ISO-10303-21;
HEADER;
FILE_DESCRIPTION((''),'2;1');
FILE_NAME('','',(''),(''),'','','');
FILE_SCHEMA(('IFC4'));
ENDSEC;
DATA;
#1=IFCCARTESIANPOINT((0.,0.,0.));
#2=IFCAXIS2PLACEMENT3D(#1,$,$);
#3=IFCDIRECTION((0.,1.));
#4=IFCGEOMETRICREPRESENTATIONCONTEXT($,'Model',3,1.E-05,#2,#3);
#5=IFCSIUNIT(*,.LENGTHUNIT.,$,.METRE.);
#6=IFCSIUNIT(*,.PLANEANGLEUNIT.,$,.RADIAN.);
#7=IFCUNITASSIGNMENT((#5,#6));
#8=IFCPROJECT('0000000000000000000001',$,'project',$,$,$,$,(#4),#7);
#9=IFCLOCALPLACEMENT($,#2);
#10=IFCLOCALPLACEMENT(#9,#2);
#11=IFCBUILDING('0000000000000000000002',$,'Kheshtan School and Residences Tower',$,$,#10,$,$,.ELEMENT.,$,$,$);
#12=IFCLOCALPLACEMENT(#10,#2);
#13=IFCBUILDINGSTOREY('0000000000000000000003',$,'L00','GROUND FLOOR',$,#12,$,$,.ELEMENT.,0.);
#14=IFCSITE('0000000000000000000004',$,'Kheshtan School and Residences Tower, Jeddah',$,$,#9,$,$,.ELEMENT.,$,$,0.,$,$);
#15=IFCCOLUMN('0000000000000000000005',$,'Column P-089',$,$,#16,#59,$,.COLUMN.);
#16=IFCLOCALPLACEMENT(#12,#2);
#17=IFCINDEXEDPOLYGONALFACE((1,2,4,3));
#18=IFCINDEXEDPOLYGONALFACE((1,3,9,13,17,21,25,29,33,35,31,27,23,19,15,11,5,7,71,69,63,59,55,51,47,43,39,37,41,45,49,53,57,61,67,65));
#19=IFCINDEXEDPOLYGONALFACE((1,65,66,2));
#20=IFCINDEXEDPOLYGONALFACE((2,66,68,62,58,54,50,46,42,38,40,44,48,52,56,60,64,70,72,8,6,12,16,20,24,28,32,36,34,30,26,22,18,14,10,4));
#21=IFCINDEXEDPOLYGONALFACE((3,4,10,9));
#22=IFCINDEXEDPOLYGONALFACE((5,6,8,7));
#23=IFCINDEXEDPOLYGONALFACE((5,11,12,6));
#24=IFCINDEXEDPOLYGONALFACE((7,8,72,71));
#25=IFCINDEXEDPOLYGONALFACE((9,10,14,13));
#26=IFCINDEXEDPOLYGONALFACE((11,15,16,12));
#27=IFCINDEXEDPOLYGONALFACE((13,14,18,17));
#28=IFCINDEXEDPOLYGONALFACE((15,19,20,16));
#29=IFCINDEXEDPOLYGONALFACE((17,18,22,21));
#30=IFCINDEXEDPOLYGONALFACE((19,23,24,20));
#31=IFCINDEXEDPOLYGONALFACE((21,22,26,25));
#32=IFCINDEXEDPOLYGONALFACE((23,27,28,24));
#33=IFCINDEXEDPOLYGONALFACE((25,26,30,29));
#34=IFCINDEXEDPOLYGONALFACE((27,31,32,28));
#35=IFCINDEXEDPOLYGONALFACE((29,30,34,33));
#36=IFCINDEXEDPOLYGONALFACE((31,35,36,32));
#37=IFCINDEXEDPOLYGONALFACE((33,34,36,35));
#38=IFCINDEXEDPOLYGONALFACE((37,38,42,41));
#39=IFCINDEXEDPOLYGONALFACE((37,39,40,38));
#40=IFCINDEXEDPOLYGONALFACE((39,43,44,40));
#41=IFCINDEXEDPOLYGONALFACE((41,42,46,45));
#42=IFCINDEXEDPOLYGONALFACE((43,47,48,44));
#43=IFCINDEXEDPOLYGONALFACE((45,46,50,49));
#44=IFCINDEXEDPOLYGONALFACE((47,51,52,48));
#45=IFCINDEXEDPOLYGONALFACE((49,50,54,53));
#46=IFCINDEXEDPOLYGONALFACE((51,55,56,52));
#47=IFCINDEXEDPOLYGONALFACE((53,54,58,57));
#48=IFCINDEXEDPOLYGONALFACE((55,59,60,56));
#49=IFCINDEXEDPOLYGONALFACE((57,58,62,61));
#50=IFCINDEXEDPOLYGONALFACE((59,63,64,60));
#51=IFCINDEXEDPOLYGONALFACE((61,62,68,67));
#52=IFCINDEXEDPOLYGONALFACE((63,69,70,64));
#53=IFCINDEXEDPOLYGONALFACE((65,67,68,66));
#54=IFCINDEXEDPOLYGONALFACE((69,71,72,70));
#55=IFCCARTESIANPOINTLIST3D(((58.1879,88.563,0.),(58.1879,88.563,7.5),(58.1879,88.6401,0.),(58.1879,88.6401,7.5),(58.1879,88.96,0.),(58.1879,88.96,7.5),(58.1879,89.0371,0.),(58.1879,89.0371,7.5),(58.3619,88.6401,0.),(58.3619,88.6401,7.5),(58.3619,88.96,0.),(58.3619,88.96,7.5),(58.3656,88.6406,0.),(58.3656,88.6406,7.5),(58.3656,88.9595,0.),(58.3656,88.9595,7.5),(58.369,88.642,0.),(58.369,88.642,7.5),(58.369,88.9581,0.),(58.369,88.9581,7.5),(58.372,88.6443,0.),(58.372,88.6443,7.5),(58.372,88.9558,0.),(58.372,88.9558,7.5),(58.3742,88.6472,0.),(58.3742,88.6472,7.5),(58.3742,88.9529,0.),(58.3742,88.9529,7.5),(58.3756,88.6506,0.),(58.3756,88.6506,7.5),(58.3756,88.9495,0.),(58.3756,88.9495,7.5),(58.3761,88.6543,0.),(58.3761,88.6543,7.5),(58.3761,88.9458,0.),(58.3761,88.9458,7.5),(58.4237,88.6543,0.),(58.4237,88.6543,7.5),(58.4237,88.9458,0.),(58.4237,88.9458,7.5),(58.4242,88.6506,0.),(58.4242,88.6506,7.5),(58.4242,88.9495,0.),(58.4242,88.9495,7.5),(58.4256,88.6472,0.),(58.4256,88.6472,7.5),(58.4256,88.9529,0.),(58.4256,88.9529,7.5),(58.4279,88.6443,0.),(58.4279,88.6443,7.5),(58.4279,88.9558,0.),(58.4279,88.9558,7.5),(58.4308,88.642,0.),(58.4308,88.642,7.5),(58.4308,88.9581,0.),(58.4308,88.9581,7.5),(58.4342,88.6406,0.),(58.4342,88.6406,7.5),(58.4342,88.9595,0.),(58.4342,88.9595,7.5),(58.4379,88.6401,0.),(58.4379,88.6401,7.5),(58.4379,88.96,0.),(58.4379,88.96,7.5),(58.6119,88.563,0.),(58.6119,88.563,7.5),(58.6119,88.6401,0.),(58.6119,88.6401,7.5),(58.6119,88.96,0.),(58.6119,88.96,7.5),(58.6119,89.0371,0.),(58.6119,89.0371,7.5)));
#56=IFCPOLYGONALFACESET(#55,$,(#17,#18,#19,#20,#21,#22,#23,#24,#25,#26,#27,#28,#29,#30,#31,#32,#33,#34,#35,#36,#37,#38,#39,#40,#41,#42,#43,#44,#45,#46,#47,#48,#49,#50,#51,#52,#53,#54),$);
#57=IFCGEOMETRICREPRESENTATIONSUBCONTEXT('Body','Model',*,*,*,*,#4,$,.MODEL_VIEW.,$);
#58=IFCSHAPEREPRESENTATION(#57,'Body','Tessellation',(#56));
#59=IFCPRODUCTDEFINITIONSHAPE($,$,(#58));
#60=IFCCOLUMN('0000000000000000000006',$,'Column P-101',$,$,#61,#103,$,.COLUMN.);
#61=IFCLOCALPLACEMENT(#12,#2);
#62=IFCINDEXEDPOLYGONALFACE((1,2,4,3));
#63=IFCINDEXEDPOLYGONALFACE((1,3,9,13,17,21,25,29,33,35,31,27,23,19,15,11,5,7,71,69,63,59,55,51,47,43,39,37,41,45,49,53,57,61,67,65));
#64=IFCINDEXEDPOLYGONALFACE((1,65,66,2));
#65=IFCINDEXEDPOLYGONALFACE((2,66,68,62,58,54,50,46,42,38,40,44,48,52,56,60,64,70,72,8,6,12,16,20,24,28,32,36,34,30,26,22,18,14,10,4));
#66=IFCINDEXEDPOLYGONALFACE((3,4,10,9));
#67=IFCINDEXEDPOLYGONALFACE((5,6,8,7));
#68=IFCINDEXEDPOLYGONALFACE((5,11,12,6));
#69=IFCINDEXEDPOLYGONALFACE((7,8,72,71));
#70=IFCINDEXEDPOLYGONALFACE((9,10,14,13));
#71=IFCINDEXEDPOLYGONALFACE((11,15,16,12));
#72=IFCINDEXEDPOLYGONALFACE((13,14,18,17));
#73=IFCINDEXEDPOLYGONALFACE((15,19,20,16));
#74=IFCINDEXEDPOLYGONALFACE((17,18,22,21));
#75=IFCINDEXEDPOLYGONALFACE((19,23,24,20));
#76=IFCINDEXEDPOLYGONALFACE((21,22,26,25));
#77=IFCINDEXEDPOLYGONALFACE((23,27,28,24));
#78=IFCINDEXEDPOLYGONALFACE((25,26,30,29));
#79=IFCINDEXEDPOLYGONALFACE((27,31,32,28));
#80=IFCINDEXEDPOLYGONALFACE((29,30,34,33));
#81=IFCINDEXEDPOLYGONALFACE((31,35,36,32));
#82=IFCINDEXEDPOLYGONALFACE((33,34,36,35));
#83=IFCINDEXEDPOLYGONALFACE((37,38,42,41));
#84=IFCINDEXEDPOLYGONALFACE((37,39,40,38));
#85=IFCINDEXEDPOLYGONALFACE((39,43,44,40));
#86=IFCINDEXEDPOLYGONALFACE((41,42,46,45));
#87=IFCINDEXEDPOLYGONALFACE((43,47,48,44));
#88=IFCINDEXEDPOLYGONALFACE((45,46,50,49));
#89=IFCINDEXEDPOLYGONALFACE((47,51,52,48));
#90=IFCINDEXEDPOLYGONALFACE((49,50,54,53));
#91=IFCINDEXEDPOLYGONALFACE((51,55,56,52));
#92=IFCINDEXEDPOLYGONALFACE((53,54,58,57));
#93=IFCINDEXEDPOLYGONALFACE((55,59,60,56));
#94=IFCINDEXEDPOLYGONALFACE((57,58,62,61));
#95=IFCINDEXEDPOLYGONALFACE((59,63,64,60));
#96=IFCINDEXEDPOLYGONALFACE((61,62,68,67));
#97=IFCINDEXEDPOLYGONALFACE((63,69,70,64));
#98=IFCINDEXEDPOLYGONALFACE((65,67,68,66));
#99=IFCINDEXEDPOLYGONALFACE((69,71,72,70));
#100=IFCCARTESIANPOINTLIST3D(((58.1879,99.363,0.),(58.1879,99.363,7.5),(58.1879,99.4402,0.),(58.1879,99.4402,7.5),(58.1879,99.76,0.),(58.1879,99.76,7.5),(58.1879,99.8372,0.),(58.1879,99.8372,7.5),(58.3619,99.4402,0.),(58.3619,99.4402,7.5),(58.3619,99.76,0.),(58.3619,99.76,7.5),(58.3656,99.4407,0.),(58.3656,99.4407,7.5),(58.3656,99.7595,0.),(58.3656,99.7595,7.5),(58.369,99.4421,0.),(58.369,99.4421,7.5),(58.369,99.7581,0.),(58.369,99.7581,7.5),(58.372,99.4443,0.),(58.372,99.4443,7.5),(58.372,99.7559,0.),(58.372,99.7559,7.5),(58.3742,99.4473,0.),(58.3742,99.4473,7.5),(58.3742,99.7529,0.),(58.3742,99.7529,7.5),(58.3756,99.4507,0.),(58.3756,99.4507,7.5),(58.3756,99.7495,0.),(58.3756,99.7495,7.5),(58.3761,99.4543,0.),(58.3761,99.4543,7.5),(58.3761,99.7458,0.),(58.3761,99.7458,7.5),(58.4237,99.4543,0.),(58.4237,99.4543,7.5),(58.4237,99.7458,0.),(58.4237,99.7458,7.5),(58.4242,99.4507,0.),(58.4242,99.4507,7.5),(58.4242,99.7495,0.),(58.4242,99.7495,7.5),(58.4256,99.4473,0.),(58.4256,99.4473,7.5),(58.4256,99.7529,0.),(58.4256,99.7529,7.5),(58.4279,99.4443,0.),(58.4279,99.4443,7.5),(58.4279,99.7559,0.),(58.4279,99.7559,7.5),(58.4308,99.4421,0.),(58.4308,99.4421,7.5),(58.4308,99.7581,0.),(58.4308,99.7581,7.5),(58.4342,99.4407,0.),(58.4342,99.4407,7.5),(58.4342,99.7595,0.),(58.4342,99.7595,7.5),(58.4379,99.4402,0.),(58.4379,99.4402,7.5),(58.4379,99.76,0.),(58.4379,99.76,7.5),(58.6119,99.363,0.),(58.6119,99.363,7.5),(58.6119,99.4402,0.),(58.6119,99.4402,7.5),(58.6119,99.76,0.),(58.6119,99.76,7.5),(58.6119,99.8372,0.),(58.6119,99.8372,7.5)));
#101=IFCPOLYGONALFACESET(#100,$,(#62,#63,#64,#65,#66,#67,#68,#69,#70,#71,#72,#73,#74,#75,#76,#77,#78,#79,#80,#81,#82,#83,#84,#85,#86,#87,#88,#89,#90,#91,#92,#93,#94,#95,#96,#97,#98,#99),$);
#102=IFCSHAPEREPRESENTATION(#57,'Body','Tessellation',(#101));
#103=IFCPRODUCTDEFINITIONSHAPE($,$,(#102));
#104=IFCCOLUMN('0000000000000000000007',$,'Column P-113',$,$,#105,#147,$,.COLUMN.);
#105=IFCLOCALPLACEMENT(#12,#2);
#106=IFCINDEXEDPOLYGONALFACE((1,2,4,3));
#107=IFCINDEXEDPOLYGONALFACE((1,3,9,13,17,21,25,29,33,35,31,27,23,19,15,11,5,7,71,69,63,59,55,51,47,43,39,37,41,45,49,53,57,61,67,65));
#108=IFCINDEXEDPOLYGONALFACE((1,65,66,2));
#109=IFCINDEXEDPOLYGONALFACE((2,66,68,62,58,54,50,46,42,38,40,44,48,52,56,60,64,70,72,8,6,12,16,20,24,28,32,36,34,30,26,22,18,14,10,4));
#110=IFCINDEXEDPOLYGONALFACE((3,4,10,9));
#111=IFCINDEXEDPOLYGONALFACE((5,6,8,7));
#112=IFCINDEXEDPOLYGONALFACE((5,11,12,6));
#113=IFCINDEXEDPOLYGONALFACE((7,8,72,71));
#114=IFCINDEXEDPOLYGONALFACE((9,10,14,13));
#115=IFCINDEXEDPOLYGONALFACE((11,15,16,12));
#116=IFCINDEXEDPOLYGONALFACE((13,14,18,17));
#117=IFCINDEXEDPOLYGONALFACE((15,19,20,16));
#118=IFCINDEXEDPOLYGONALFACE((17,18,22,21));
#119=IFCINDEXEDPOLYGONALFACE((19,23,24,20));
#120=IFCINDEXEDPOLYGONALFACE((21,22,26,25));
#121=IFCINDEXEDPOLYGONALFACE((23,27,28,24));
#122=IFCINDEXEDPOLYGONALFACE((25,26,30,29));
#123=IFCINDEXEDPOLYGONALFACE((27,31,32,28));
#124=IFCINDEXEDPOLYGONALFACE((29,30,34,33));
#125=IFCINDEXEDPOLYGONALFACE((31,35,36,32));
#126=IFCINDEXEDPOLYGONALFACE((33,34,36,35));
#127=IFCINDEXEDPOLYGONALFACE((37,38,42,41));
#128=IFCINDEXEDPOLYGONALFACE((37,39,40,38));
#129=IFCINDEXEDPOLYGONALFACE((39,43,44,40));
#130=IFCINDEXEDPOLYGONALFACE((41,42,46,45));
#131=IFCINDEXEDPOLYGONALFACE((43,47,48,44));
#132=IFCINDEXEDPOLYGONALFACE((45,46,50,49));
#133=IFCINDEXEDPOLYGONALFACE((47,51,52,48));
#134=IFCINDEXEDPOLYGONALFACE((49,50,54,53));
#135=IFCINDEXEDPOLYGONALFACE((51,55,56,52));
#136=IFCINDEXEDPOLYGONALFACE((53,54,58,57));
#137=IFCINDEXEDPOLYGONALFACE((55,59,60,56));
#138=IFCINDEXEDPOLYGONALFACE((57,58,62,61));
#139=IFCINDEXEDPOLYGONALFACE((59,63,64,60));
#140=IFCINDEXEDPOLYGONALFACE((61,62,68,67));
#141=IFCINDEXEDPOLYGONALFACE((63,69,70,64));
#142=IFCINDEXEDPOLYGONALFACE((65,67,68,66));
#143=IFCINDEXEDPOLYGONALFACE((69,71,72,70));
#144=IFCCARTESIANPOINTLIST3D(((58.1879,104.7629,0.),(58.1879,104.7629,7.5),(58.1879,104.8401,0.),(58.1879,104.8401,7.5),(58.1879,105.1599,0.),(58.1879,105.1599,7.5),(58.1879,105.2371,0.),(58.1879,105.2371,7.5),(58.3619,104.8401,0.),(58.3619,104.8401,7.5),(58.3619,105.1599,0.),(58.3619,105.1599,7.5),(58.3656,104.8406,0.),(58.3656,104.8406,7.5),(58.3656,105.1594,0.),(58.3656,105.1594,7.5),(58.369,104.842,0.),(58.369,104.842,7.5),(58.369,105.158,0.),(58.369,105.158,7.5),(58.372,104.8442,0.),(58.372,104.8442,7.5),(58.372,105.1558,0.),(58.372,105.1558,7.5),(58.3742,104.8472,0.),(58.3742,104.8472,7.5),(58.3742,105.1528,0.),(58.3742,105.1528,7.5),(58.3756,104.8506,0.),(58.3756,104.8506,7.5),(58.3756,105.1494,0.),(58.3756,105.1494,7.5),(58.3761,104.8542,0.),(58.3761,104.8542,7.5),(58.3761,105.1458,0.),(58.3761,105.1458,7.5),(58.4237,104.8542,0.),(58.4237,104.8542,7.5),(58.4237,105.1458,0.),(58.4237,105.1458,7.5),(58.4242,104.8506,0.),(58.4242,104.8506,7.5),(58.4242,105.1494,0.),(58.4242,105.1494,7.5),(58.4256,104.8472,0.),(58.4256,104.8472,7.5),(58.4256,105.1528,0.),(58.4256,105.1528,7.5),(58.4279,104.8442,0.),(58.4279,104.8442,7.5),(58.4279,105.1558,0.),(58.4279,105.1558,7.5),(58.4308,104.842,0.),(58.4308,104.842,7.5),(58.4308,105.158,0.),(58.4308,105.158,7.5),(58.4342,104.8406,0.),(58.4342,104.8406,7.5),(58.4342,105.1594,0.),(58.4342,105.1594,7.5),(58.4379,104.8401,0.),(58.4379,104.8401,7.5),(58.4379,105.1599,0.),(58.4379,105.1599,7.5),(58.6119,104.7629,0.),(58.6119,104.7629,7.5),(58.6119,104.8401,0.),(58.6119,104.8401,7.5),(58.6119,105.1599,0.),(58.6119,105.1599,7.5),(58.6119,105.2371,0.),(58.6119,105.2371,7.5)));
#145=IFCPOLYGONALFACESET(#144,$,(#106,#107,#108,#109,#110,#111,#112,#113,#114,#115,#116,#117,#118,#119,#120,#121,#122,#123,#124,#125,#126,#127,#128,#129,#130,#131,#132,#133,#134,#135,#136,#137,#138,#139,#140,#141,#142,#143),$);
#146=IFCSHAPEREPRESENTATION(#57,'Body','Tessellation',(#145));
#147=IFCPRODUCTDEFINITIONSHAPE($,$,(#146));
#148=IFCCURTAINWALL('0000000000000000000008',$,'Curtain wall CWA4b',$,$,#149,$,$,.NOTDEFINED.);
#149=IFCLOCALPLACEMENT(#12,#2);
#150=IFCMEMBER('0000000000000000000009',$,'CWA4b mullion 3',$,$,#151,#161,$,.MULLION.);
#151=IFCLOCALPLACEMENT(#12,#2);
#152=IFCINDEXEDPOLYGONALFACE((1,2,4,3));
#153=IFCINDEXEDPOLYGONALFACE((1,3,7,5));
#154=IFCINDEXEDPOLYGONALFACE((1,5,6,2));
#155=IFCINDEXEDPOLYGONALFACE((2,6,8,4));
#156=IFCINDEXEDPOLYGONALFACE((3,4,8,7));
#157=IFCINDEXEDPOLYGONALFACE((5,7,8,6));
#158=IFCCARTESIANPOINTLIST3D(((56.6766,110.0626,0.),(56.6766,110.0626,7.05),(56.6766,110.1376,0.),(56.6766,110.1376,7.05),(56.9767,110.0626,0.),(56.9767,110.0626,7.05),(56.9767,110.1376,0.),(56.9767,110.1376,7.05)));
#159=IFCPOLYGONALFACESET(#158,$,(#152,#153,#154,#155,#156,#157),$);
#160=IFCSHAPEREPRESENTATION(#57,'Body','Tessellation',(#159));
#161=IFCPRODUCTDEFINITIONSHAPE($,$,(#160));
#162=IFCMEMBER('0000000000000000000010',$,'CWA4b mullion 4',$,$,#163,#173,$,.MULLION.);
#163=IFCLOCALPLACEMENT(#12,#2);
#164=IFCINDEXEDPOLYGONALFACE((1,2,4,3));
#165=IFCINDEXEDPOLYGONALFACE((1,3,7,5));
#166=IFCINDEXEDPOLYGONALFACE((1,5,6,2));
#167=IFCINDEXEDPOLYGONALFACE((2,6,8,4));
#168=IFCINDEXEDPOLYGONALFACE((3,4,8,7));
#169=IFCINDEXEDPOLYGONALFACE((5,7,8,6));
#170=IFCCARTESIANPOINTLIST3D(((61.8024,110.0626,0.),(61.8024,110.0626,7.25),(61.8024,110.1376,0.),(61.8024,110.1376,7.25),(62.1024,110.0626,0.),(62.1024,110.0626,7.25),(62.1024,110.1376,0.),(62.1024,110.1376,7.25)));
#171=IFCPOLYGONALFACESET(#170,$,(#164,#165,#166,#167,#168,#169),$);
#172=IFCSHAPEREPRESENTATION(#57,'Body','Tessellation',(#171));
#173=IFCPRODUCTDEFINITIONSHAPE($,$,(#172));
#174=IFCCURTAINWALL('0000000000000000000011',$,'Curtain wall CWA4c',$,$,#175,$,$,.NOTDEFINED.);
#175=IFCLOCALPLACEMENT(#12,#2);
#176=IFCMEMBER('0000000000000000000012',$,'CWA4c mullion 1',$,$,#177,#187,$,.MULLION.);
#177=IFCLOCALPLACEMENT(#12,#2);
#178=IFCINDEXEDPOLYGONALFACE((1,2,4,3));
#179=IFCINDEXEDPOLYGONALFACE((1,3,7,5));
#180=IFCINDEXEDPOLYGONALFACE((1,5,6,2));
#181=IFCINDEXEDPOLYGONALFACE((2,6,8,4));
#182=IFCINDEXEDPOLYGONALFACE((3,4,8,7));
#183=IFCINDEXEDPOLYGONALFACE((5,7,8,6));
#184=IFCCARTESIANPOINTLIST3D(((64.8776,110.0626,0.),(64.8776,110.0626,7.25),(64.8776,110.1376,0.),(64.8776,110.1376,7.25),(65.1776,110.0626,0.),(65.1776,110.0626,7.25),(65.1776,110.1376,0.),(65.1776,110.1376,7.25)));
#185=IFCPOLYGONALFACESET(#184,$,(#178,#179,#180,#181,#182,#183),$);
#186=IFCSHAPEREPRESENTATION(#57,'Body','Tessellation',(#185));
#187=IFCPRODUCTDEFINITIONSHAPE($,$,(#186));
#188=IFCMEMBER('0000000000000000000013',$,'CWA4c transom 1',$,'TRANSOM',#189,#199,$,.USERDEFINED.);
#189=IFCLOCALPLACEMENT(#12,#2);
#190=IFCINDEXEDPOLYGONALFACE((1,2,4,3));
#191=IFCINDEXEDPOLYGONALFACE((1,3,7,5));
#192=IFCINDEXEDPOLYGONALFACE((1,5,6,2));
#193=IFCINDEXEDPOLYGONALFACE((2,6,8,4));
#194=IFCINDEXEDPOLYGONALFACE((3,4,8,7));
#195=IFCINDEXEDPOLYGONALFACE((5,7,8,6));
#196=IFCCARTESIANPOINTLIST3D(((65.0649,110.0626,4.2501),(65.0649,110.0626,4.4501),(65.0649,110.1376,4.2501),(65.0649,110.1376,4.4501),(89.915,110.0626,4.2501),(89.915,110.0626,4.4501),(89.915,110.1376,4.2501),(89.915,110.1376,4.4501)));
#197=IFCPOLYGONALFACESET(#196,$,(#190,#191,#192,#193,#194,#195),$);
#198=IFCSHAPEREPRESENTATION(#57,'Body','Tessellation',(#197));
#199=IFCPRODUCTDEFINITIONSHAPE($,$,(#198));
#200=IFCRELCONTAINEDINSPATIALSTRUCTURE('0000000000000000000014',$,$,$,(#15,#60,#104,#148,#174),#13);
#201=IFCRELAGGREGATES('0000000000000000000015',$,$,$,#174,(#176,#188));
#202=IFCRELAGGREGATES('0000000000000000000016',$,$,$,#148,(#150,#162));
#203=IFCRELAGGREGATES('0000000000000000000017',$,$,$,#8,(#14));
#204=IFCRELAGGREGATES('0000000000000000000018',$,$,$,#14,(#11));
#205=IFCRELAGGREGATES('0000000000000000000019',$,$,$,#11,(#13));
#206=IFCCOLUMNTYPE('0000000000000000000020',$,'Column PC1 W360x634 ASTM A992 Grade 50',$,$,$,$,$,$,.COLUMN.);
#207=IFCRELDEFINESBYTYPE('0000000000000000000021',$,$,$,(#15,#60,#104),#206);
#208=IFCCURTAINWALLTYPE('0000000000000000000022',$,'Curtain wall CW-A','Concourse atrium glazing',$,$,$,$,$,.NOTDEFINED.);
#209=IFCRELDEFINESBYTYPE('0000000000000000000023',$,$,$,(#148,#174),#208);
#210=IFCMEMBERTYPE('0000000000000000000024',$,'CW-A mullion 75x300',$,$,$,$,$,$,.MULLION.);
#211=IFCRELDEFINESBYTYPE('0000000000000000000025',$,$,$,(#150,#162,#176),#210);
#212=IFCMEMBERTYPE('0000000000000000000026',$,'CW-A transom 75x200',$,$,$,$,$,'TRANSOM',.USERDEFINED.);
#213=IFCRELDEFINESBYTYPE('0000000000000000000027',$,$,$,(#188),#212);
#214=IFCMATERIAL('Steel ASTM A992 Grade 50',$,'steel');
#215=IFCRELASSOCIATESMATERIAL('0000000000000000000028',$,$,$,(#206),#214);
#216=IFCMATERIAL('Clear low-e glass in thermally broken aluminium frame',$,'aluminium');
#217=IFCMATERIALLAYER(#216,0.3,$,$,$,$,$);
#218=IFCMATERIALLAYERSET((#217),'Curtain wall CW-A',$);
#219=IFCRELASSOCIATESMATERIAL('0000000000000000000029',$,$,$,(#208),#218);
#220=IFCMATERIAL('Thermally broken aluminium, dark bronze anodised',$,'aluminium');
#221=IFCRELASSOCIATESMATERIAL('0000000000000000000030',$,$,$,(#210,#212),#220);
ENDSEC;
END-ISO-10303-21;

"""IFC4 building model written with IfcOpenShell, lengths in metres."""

from ifc_helpers import new_model, si_unit, direction, frame, origin, origin_2d, place, context, subcontext, project, spatial, rectangle, i_section, extrude, material, layer, layer_set, material_profile, profile_set, type_object, element, aggregate, save


model = new_model("IFC4")

# Units and contexts
model_context = context("Model", 3, precision=1e-05, world=origin(), true_north=direction((0.0, 1.0)))
body_context = subcontext(model_context, "Body", "Model", "MODEL_VIEW")
ifc_project = project(units=[si_unit("LENGTHUNIT", "METRE"), si_unit("PLANEANGLEUNIT", "RADIAN")], contexts=[model_context])

# Site, building, storey
site_placement = place(None, origin())
site = spatial("IfcSite", under=ifc_project, at=site_placement, Name="Kheshtan School and Residences Tower, Jeddah", CompositionType="ELEMENT", RefElevation=0.0)
building_placement = place(site_placement, origin())
building = spatial("IfcBuilding", under=site, at=building_placement, Name="Kheshtan School and Residences Tower", CompositionType="ELEMENT")
storey_placement = place(building_placement, origin())
storey = spatial("IfcBuildingStorey", under=building, at=storey_placement, Name="L00", Description="GROUND FLOOR", CompositionType="ELEMENT", Elevation=0.0)

# Columns
ifc_material_1 = material(Name="Steel ASTM A992 Grade 50", Category="steel")
ifc_material_profile_1 = material_profile(ifc_material_1, i_section(OverallWidth=0.4241, OverallDepth=0.4741, WebThickness=0.0476, FlangeThickness=0.0771, FilletRadius=0.0142, at=origin_2d()), Name="W360x634")
ifc_profile_set_1 = profile_set([ifc_material_profile_1], Name="Steel ASTM A992 Grade 50")
column_type = type_object("IfcColumnType", Name="Column PC1 W360x634 ASTM A992 Grade 50", PredefinedType="COLUMN", material=ifc_profile_set_1)
for number, where, z_axis, x_axis, name in (
    (1, (58.3999, 88.8, 0.0), (0.0, 0.0, 1.0), (1.0, 0.0, 0.0), "Column P-089"),
    (2, (58.3999, 99.6001, 0.0), (0.0, 0.0, 1.0), (1.0, 0.0, 0.0), "Column P-101"),
    (3, (58.3999, 105.0, 0.0), (0.0, 0.0, 1.0), (1.0, 0.0, 0.0), "Column P-113"),
):
    element("IfcColumn", number, at=place(storey_placement, frame(where, z_axis=z_axis, x_axis=x_axis)), inside=storey, type_object=column_type, Name=name, PredefinedType="COLUMN", context=body_context, shape_type="SweptSolid", body=[
        extrude(i_section(OverallWidth=0.4241, OverallDepth=0.4741, WebThickness=0.0476, FlangeThickness=0.0771, FilletRadius=0.0142, at=origin_2d()), origin(), (0.0, 0.0, 1.0), 7.5),
    ])

# Curtain walls, members
ifc_material_2 = material(Name="Clear low-e glass in thermally broken aluminium frame", Category="aluminium")
ifc_layer_1 = layer(ifc_material_2, 0.3)
ifc_layer_set_1 = layer_set([ifc_layer_1], Name="Curtain wall CW-A")
curtain_wall_type = type_object("IfcCurtainWallType", Name="Curtain wall CW-A", Description="Concourse atrium glazing", PredefinedType="NOTDEFINED", material=ifc_layer_set_1)
curtain_wall_1_placement = place(storey_placement, origin())
curtain_wall_1 = element("IfcCurtainWall", 4, at=curtain_wall_1_placement, inside=storey, type_object=curtain_wall_type, Name="Curtain wall CWA4b", PredefinedType="NOTDEFINED")
ifc_material_3 = material(Name="Thermally broken aluminium, dark bronze anodised", Category="aluminium")
ifc_material_profile_2 = material_profile(ifc_material_3, rectangle(XDim=0.075, YDim=0.3, at=origin_2d()), Name="CW-A mullion 75x300")
ifc_profile_set_2 = profile_set([ifc_material_profile_2], Name="Thermally broken aluminium, dark bronze anodised")
member_type_1 = type_object("IfcMemberType", Name="CW-A mullion 75x300", PredefinedType="MULLION", material=ifc_profile_set_2)
member_1_placement = place(storey_placement, frame((56.8267, 110.1001, 0.0), z_axis=(0.0, 0.0, 1.0), x_axis=(0.0, 1.0, 0.0)))
member_1 = element("IfcMember", 5, at=member_1_placement, type_object=member_type_1, Name="CWA4b mullion 3", PredefinedType="MULLION", context=body_context, shape_type="SweptSolid", body=[
    extrude(rectangle(XDim=0.075, YDim=0.3, at=origin_2d()), origin(), (0.0, 0.0, 1.0), 7.05),
])
member_2_placement = place(storey_placement, frame((61.9524, 110.1001, 0.0), z_axis=(0.0, 0.0, 1.0), x_axis=(0.0, 1.0, 0.0)))
member_2 = element("IfcMember", 6, at=member_2_placement, type_object=member_type_1, Name="CWA4b mullion 4", PredefinedType="MULLION", context=body_context, shape_type="SweptSolid", body=[
    extrude(rectangle(XDim=0.075, YDim=0.3, at=origin_2d()), origin(), (0.0, 0.0, 1.0), 7.25),
])
curtain_wall_2_placement = place(storey_placement, origin())
curtain_wall_2 = element("IfcCurtainWall", 7, at=curtain_wall_2_placement, inside=storey, type_object=curtain_wall_type, Name="Curtain wall CWA4c", PredefinedType="NOTDEFINED")
member_3_placement = place(storey_placement, frame((65.0276, 110.1001, 0.0), z_axis=(0.0, 0.0, 1.0), x_axis=(0.0, 1.0, 0.0)))
member_3 = element("IfcMember", 8, at=member_3_placement, type_object=member_type_1, Name="CWA4c mullion 1", PredefinedType="MULLION", context=body_context, shape_type="SweptSolid", body=[
    extrude(rectangle(XDim=0.075, YDim=0.3, at=origin_2d()), origin(), (0.0, 0.0, 1.0), 7.25),
])
ifc_material_profile_3 = material_profile(ifc_material_3, rectangle(XDim=0.075, YDim=0.2, at=origin_2d()), Name="CW-A transom 75x200")
ifc_profile_set_3 = profile_set([ifc_material_profile_3], Name="Thermally broken aluminium, dark bronze anodised")
member_type_2 = type_object("IfcMemberType", Name="CW-A transom 75x200", ElementType="TRANSOM", PredefinedType="USERDEFINED", material=ifc_profile_set_3)
member_4_placement = place(storey_placement, frame((65.0649, 110.1001, 4.3501), z_axis=(1.0, 0.0, 0.0), x_axis=(0.0, 1.0, 0.0)))
member_4 = element("IfcMember", 9, at=member_4_placement, type_object=member_type_2, Name="CWA4c transom 1", ObjectType="TRANSOM", PredefinedType="USERDEFINED", context=body_context, shape_type="SweptSolid", body=[
    extrude(rectangle(XDim=0.075, YDim=0.2, at=origin_2d()), origin(), (0.0, 0.0, 1.0), 24.8501),
])
aggregate(curtain_wall_2, [member_3, member_4])

aggregate(curtain_wall_1, [member_1, member_2])

save(model, "model.ifc")
